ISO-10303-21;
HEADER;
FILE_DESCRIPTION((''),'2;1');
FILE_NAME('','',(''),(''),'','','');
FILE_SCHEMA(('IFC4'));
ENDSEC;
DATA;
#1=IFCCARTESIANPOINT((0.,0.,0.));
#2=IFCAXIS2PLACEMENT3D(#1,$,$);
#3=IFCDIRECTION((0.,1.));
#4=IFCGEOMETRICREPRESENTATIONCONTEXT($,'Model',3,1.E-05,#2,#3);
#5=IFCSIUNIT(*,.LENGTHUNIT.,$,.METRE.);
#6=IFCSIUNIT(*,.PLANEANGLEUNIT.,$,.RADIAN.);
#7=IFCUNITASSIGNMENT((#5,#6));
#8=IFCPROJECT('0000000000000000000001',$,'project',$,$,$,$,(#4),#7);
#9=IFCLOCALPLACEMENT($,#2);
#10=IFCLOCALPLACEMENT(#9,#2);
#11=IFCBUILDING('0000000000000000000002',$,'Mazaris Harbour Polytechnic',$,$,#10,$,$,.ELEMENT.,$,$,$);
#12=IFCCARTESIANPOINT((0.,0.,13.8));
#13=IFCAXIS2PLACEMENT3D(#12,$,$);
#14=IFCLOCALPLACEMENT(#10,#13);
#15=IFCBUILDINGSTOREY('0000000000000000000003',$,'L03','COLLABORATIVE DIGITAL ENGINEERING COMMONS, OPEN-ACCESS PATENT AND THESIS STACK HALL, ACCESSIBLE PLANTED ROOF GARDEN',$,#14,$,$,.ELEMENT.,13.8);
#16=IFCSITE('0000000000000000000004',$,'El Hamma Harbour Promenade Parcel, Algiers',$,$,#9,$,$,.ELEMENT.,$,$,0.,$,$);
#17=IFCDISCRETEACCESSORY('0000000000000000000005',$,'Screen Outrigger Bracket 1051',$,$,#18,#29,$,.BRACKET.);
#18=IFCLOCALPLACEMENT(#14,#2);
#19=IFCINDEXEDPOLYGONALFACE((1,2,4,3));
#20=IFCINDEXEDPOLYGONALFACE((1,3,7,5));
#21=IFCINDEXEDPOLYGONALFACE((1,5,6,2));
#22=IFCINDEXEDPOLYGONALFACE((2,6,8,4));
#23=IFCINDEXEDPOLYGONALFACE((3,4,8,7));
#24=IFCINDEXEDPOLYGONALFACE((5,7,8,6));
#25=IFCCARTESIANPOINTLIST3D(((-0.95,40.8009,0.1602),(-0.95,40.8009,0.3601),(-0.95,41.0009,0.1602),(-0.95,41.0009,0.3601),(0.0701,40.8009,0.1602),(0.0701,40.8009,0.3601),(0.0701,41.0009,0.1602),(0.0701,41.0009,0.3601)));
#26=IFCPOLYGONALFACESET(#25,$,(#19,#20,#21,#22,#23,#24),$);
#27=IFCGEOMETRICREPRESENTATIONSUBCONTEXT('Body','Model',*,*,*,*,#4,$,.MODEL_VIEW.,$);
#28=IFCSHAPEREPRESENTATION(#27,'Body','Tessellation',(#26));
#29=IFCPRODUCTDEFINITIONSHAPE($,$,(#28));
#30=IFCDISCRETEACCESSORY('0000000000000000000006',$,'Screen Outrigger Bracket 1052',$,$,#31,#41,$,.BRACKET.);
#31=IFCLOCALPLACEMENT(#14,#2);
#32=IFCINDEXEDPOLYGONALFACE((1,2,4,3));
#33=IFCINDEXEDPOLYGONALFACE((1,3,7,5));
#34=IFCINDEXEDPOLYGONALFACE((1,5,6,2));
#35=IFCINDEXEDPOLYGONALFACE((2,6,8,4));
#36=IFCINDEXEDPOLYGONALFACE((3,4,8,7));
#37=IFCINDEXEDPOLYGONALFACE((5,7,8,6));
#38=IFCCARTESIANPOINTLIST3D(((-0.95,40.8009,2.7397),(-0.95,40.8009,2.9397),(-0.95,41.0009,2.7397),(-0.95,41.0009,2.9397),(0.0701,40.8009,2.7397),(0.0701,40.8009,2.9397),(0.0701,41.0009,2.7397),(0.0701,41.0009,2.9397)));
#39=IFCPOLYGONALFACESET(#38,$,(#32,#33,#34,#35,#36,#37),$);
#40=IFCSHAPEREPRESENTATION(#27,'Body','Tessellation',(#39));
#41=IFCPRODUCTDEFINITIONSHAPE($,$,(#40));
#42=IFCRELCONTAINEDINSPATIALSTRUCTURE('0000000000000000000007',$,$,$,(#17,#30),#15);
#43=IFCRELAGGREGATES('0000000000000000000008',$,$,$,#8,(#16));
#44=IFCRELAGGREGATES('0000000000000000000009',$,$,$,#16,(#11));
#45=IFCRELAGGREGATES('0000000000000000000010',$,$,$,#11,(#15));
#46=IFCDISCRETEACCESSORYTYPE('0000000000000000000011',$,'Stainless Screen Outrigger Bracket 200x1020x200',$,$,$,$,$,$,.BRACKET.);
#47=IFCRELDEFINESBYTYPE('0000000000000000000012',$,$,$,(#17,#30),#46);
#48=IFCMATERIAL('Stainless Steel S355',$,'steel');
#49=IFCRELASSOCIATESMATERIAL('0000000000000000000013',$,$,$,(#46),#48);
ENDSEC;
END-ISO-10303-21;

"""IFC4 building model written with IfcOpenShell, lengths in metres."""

from ifc_helpers import new_model, si_unit, direction, frame, origin, origin_2d, place, context, subcontext, project, spatial, rectangle, extrude, material, type_object, element, save


model = new_model("IFC4")

# Units and contexts
model_context = context("Model", 3, precision=1e-05, world=origin(), true_north=direction((0.0, 1.0)))
body_context = subcontext(model_context, "Body", "Model", "MODEL_VIEW")
ifc_project = project(units=[si_unit("LENGTHUNIT", "METRE"), si_unit("PLANEANGLEUNIT", "RADIAN")], contexts=[model_context])

# Site, building, storey
site_placement = place(None, origin())
site = spatial("IfcSite", under=ifc_project, at=site_placement, Name="El Hamma Harbour Promenade Parcel, Algiers", CompositionType="ELEMENT", RefElevation=0.0)
building_placement = place(site_placement, origin())
building = spatial("IfcBuilding", under=site, at=building_placement, Name="Mazaris Harbour Polytechnic", CompositionType="ELEMENT")
storey_placement = place(building_placement, frame((0.0, 0.0, 13.8)))
storey = spatial("IfcBuildingStorey", under=building, at=storey_placement, Name="L03", Description="COLLABORATIVE DIGITAL ENGINEERING COMMONS, OPEN-ACCESS PATENT AND THESIS STACK HALL, ACCESSIBLE PLANTED ROOF GARDEN", CompositionType="ELEMENT", Elevation=13.8)

# Discrete accessories
ifc_material_1 = material(Name="Stainless Steel S355", Category="steel")
discrete_accessory_type = type_object("IfcDiscreteAccessoryType", Name="Stainless Screen Outrigger Bracket 200x1020x200", PredefinedType="BRACKET", material=ifc_material_1)
for number, where, z_axis, x_axis, name in (
    (1, (-0.4399, 40.9009, 0.1602), (0.0, 0.0, 1.0), (0.0, 1.0, 0.0), "Screen Outrigger Bracket 1051"),
    (2, (-0.4399, 40.9009, 2.7397), (0.0, 0.0, 1.0), (0.0, 1.0, 0.0), "Screen Outrigger Bracket 1052"),
):
    element("IfcDiscreteAccessory", number, at=place(storey_placement, frame(where, z_axis=z_axis, x_axis=x_axis)), inside=storey, type_object=discrete_accessory_type, Name=name, PredefinedType="BRACKET", context=body_context, shape_type="SweptSolid", body=[
        extrude(rectangle(XDim=0.2, YDim=1.02, at=origin_2d()), origin(), (0.0, 0.0, 1.0), 0.2),
    ])

save(model, "model.ifc")
